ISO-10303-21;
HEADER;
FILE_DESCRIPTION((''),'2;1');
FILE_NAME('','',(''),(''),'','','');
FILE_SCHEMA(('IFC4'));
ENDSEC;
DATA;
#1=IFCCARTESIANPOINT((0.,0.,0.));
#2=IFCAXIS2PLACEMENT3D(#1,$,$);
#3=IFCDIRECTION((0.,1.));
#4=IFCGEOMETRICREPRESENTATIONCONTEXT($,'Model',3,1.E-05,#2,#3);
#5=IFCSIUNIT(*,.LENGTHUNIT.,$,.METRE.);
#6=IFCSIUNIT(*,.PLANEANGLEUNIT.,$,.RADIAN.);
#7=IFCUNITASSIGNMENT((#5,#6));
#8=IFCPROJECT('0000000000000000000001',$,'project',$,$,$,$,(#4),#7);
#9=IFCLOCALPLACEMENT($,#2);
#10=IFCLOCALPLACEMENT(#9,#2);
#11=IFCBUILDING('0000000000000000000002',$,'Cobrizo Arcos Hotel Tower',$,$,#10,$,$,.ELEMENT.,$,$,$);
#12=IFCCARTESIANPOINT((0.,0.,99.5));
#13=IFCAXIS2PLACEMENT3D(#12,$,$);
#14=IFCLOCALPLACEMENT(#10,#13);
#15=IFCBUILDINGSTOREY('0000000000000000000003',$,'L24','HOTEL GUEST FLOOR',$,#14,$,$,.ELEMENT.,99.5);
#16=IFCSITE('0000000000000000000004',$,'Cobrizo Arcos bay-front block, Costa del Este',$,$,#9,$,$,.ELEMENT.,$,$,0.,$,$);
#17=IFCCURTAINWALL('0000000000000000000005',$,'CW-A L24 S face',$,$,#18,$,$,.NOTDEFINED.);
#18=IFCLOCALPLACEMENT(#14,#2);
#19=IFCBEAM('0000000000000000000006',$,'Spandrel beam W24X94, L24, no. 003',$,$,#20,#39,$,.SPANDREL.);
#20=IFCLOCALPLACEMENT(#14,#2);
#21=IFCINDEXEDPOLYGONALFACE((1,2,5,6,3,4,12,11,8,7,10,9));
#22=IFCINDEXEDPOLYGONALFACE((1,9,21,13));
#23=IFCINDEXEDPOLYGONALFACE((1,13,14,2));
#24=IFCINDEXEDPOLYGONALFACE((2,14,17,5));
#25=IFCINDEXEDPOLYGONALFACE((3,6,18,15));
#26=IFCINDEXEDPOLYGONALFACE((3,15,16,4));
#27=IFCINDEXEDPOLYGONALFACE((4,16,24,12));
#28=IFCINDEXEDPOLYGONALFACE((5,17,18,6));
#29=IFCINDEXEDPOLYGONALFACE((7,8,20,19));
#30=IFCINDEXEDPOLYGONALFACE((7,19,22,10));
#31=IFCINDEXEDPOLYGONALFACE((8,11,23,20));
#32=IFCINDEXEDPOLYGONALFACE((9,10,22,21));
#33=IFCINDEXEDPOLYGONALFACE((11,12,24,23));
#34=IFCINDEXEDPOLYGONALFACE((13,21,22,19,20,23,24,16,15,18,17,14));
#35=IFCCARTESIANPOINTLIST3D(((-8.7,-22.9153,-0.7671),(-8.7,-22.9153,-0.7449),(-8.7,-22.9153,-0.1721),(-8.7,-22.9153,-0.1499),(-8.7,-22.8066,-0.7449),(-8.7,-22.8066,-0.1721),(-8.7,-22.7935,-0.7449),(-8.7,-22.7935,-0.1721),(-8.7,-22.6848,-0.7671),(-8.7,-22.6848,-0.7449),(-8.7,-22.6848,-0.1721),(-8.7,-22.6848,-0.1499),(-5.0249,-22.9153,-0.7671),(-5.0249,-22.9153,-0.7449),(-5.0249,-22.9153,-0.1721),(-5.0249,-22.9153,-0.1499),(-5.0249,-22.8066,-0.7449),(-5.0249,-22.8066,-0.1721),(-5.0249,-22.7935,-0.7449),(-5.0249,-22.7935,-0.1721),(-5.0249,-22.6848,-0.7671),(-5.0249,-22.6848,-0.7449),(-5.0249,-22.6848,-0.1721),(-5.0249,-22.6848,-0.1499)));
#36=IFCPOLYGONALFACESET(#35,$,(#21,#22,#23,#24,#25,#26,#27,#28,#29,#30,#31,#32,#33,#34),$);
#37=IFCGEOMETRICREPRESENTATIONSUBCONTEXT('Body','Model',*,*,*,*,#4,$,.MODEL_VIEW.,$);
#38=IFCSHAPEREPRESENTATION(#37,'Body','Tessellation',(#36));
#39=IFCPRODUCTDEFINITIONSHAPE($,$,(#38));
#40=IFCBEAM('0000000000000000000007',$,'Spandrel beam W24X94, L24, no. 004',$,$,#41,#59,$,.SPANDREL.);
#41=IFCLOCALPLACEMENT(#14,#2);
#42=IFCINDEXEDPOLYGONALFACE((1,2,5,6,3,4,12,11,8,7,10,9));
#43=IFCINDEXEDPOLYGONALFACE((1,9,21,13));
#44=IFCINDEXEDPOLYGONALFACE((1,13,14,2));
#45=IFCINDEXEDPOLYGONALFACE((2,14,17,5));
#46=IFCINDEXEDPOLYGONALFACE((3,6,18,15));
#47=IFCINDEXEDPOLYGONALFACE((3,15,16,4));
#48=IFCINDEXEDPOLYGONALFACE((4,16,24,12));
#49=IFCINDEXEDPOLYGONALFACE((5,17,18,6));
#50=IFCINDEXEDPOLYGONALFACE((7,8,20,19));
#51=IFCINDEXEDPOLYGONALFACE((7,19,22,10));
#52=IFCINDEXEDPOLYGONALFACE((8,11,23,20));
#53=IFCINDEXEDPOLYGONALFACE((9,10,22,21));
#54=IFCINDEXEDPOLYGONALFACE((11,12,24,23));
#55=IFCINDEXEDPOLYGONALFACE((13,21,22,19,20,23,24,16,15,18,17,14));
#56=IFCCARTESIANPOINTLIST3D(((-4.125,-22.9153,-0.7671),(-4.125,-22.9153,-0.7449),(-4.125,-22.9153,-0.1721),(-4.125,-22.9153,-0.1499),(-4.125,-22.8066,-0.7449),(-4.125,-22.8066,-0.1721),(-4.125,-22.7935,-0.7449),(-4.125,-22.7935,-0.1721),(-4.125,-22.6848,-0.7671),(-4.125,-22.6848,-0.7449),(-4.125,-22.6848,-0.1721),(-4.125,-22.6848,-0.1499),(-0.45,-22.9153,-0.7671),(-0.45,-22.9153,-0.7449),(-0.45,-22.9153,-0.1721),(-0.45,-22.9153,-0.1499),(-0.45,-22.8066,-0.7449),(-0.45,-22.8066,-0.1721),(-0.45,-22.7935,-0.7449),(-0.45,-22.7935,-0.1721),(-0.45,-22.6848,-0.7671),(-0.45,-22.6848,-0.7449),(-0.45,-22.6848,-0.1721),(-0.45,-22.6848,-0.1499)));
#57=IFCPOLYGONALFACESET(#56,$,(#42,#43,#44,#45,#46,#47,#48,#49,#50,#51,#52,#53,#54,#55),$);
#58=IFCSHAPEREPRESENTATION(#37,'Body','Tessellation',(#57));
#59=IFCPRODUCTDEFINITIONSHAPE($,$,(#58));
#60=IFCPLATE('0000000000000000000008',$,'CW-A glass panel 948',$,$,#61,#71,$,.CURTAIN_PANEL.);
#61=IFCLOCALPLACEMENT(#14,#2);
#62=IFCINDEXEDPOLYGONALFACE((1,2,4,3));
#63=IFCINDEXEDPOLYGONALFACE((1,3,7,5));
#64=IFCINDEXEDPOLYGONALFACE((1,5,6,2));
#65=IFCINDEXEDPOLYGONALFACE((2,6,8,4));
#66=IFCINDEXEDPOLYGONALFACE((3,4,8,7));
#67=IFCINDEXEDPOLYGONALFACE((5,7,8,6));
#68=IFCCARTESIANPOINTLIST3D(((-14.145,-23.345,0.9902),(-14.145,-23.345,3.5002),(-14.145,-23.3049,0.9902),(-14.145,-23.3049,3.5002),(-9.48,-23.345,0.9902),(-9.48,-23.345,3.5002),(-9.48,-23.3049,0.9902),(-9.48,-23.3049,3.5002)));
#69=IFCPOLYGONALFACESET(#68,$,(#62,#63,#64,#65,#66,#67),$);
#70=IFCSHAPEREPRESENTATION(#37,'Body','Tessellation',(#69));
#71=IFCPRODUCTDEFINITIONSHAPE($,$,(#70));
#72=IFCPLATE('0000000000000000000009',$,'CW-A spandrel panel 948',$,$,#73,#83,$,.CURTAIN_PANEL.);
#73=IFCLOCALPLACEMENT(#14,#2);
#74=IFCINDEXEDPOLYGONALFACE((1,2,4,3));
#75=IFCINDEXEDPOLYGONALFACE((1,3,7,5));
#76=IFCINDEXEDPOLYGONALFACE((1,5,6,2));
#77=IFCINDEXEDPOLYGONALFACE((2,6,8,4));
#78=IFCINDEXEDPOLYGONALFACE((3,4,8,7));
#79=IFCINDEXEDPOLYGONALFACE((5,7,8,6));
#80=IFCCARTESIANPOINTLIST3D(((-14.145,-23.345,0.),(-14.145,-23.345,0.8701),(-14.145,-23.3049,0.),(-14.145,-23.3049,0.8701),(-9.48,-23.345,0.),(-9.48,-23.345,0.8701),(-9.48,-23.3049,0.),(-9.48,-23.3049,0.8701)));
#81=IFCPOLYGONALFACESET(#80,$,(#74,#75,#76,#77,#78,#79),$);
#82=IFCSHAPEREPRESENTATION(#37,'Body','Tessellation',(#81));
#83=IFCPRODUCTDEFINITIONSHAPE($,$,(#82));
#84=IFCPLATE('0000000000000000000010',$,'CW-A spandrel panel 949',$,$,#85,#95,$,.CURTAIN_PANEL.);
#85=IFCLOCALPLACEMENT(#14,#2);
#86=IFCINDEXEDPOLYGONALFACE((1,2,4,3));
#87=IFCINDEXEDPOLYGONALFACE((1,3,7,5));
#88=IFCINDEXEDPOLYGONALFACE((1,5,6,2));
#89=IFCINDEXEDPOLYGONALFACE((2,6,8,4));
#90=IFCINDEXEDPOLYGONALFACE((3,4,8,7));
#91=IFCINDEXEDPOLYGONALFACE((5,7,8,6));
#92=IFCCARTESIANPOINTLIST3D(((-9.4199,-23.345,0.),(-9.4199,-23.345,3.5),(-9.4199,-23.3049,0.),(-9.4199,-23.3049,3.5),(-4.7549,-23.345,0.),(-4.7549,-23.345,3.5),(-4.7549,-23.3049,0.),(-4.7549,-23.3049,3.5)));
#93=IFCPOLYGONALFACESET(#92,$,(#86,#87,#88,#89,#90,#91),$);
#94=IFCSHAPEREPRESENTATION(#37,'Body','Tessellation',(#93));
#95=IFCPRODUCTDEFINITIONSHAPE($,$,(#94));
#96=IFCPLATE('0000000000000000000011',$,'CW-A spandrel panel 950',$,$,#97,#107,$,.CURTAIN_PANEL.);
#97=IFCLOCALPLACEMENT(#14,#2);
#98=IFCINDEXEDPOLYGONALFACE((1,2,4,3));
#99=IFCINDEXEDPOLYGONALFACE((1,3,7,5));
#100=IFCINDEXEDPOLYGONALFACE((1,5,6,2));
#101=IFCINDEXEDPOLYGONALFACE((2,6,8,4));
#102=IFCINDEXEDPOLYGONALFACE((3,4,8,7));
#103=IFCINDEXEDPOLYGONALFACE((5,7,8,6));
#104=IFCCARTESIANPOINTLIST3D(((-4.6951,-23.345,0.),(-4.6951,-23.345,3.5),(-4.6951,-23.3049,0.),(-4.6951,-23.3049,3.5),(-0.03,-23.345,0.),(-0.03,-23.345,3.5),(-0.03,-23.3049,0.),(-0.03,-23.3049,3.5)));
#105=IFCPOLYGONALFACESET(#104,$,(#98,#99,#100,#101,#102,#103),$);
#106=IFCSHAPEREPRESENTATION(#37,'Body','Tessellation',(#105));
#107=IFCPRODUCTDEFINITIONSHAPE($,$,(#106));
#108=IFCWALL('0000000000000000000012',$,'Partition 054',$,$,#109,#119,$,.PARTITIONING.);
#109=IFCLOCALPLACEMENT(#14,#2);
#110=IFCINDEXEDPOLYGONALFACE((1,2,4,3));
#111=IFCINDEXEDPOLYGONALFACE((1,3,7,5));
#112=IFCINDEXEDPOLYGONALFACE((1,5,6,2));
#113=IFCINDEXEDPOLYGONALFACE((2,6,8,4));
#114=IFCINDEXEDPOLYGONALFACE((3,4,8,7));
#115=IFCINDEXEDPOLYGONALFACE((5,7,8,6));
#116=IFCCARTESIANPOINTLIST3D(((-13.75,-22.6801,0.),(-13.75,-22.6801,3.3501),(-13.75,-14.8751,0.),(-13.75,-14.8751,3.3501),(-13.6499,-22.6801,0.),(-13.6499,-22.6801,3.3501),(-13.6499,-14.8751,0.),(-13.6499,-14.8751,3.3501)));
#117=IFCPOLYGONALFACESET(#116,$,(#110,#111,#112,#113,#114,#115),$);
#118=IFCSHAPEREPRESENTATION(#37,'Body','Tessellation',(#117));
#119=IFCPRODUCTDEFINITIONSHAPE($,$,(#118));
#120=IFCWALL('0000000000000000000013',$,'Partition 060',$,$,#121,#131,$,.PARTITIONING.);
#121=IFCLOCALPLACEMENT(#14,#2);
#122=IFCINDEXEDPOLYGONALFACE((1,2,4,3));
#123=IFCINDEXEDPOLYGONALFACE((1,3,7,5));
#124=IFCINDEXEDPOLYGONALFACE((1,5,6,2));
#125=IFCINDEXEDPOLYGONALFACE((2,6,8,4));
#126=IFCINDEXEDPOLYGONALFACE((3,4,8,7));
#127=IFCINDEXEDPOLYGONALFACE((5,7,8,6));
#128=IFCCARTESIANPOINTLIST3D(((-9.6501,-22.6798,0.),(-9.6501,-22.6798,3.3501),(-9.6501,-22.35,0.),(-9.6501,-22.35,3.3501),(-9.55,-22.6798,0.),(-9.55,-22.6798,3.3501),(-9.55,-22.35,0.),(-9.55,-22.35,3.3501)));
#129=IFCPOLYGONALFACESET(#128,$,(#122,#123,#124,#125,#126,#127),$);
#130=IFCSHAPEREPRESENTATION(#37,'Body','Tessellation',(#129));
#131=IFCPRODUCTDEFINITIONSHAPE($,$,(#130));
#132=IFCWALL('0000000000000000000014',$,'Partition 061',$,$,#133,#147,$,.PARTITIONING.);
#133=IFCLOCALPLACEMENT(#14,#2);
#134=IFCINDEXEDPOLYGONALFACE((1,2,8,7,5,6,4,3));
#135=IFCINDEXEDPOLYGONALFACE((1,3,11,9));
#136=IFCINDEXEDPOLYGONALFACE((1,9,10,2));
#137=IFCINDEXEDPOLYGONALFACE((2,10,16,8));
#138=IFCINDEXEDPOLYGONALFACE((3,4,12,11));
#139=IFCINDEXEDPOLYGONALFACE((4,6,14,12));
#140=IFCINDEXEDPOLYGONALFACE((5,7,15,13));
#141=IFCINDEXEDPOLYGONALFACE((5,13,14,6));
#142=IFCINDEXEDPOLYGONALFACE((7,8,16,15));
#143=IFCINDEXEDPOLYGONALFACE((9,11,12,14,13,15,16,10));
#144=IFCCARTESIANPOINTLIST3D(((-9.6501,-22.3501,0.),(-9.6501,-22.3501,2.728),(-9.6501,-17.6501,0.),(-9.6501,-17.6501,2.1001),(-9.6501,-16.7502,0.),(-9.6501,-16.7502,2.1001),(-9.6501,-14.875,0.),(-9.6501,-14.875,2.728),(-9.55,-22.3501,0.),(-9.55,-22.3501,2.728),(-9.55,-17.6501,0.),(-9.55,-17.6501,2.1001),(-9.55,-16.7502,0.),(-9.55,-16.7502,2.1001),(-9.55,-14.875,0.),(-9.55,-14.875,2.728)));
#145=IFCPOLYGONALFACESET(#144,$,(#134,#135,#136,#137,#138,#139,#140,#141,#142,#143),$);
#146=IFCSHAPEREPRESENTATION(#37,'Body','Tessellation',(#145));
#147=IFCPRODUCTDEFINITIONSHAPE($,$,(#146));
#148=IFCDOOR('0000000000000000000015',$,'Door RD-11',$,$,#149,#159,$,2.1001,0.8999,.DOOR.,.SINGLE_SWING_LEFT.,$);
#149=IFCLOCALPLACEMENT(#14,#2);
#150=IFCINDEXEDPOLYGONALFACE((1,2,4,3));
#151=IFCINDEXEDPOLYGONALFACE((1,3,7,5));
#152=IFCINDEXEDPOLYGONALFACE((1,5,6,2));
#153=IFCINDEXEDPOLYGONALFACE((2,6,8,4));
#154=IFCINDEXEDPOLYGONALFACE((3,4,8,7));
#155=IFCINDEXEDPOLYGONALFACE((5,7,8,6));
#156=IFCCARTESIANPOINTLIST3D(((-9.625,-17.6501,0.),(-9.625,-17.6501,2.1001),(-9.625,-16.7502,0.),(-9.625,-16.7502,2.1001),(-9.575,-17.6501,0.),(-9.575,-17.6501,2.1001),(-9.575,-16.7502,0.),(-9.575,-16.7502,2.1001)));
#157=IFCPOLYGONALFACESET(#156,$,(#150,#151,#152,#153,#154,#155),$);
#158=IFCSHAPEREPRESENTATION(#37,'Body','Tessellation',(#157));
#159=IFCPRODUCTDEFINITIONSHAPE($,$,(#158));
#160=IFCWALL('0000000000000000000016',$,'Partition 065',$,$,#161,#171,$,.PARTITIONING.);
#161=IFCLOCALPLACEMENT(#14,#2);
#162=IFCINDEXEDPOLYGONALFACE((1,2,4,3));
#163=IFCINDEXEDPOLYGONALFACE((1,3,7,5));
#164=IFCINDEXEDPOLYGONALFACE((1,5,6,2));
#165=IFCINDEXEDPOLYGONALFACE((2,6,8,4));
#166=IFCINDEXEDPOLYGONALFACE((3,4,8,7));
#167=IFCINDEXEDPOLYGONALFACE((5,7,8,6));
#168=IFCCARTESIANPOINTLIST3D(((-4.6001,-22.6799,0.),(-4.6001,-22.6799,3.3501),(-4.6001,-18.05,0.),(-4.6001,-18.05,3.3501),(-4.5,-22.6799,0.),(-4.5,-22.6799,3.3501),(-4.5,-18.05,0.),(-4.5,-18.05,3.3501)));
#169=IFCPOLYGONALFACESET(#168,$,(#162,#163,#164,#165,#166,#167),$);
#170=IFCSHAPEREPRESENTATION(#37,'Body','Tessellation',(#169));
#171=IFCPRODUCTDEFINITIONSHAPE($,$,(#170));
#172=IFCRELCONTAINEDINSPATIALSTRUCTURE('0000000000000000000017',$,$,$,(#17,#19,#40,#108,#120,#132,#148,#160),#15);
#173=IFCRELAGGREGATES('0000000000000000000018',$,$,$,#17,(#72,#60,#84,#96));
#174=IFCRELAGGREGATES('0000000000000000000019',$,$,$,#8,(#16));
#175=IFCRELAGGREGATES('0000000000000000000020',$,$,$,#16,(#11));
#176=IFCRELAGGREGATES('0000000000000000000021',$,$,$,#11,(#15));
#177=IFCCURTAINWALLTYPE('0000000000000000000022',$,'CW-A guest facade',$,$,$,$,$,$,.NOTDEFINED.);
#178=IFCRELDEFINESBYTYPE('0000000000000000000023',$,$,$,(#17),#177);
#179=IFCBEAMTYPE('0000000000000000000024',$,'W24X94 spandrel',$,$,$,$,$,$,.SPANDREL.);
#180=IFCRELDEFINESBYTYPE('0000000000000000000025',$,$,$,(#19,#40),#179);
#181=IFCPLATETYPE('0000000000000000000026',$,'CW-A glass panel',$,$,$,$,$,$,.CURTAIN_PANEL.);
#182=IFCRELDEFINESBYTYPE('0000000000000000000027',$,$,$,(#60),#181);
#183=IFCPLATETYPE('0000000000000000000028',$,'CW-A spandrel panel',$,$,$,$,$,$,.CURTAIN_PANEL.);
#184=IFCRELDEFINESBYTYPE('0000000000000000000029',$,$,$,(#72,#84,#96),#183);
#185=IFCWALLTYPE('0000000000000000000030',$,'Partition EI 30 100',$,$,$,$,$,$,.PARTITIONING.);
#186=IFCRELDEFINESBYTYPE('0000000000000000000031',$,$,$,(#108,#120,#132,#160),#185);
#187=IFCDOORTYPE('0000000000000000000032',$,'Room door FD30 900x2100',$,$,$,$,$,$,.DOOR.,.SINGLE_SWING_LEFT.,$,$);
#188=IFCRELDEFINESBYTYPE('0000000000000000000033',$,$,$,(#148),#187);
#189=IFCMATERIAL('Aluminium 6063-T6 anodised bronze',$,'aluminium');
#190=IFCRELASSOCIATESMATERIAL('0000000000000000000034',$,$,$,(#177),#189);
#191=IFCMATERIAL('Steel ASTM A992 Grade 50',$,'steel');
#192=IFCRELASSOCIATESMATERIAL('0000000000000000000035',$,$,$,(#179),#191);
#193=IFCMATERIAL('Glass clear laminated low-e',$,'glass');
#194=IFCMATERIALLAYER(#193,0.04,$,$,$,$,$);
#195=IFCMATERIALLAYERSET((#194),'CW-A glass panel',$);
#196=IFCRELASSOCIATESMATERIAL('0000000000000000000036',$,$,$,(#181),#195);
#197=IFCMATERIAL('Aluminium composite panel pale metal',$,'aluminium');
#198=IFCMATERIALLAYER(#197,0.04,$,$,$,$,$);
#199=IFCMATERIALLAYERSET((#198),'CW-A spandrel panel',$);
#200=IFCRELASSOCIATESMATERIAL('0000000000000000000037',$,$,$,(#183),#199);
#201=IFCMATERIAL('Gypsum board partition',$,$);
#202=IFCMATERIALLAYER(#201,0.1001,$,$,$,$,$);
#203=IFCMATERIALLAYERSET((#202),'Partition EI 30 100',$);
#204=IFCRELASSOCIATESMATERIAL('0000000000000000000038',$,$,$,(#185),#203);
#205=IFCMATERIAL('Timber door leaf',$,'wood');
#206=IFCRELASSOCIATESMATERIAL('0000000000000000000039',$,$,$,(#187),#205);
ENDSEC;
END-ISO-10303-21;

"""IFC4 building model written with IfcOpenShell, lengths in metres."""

from ifc_helpers import new_model, si_unit, direction, frame, frame_2d, origin, origin_2d, place, context, subcontext, project, spatial, rectangle, i_section, extrude, material, layer, layer_set, material_profile, profile_set, type_object, element, fill, aggregate, save


model = new_model("IFC4")

# Units and contexts
model_context = context("Model", 3, precision=1e-05, world=origin(), true_north=direction((0.0, 1.0)))
body_context = subcontext(model_context, "Body", "Model", "MODEL_VIEW")
ifc_project = project(units=[si_unit("LENGTHUNIT", "METRE"), si_unit("PLANEANGLEUNIT", "RADIAN")], contexts=[model_context])

# Site, building, storey
site_placement = place(None, origin())
site = spatial("IfcSite", under=ifc_project, at=site_placement, Name="Cobrizo Arcos bay-front block, Costa del Este", CompositionType="ELEMENT", RefElevation=0.0)
building_placement = place(site_placement, origin())
building = spatial("IfcBuilding", under=site, at=building_placement, Name="Cobrizo Arcos Hotel Tower", CompositionType="ELEMENT")
storey_placement = place(building_placement, frame((0.0, 0.0, 99.5)))
storey = spatial("IfcBuildingStorey", under=building, at=storey_placement, Name="L24", Description="HOTEL GUEST FLOOR", CompositionType="ELEMENT", Elevation=99.5)

# Curtain wall
ifc_material_1 = material(Name="Aluminium 6063-T6 anodised bronze", Category="aluminium")
curtain_wall_type = type_object("IfcCurtainWallType", Name="CW-A guest facade", PredefinedType="NOTDEFINED", material=ifc_material_1)
curtain_wall_placement = place(storey_placement, origin())
curtain_wall = element("IfcCurtainWall", 1, at=curtain_wall_placement, inside=storey, type_object=curtain_wall_type, Name="CW-A L24 S face", PredefinedType="NOTDEFINED")

# Beams
ifc_material_2 = material(Name="Steel ASTM A992 Grade 50", Category="steel")
ifc_material_profile_1 = material_profile(ifc_material_2, i_section(OverallWidth=0.2305, OverallDepth=0.6172, WebThickness=0.0132, FlangeThickness=0.0222, at=origin_2d()), Name="W24X94")
ifc_profile_set_1 = profile_set([ifc_material_profile_1], Name="Steel ASTM A992 Grade 50")
beam_type_1 = type_object("IfcBeamType", Name="W24X94 spandrel", PredefinedType="SPANDREL", material=ifc_profile_set_1)
for number, where, z_axis, x_axis, name in (
    (2, (-8.7, -22.8, -0.4585), (1.0, 0.0, 0.0), (0.0, 1.0, 0.0), "Spandrel beam W24X94, L24, no. 003"),
    (3, (-4.125, -22.8, -0.4585), (1.0, 0.0, 0.0), (0.0, 1.0, 0.0), "Spandrel beam W24X94, L24, no. 004"),
):
    element("IfcBeam", number, at=place(storey_placement, frame(where, z_axis=z_axis, x_axis=x_axis)), inside=storey, type_object=beam_type_1, Name=name, PredefinedType="SPANDREL", context=body_context, shape_type="SweptSolid", body=[
        extrude(i_section(OverallWidth=0.2305, OverallDepth=0.6172, WebThickness=0.0132, FlangeThickness=0.0222, at=origin_2d()), origin(), (0.0, 0.0, 1.0), 3.675),
    ])

# Plates
ifc_material_3 = material(Name="Glass clear laminated low-e", Category="glass")
ifc_layer_1 = layer(ifc_material_3, 0.04)
ifc_layer_set_1 = layer_set([ifc_layer_1], Name="CW-A glass panel")
plate_type_1 = type_object("IfcPlateType", Name="CW-A glass panel", PredefinedType="CURTAIN_PANEL", material=ifc_layer_set_1)
plate_1_placement = place(storey_placement, frame((-11.8125, -23.325, 0.9902), z_axis=(0.0, 0.0, 1.0), x_axis=(1.0, 0.0, 0.0)))
plate_1 = element("IfcPlate", 4, at=plate_1_placement, type_object=plate_type_1, Name="CW-A glass panel 948", PredefinedType="CURTAIN_PANEL", context=body_context, shape_type="SweptSolid", body=[
    extrude(rectangle(XDim=4.665, YDim=0.04, at=origin_2d()), origin(), (0.0, 0.0, 1.0), 2.51),
])
ifc_material_4 = material(Name="Aluminium composite panel pale metal", Category="aluminium")
ifc_layer_2 = layer(ifc_material_4, 0.04)
ifc_layer_set_2 = layer_set([ifc_layer_2], Name="CW-A spandrel panel")
plate_type_2 = type_object("IfcPlateType", Name="CW-A spandrel panel", PredefinedType="CURTAIN_PANEL", material=ifc_layer_set_2)
plate_2_placement = place(storey_placement, frame((-11.8125, -23.325, 0.0), z_axis=(0.0, 0.0, 1.0), x_axis=(1.0, 0.0, 0.0)))
plate_2 = element("IfcPlate", 5, at=plate_2_placement, type_object=plate_type_2, Name="CW-A spandrel panel 948", PredefinedType="CURTAIN_PANEL", context=body_context, shape_type="SweptSolid", body=[
    extrude(rectangle(XDim=4.665, YDim=0.04, at=origin_2d()), origin(), (0.0, 0.0, 1.0), 0.8701),
])
plate_3_placement = place(storey_placement, frame((-7.0874, -23.325, 0.0), z_axis=(0.0, 0.0, 1.0), x_axis=(1.0, 0.0, 0.0)))
plate_3 = element("IfcPlate", 6, at=plate_3_placement, type_object=plate_type_2, Name="CW-A spandrel panel 949", PredefinedType="CURTAIN_PANEL", context=body_context, shape_type="SweptSolid", body=[
    extrude(rectangle(XDim=4.665, YDim=0.04, at=origin_2d()), origin(), (0.0, 0.0, 1.0), 3.5),
])
plate_4_placement = place(storey_placement, frame((-2.3625, -23.325, 0.0), z_axis=(0.0, 0.0, 1.0), x_axis=(1.0, 0.0, 0.0)))
plate_4 = element("IfcPlate", 7, at=plate_4_placement, type_object=plate_type_2, Name="CW-A spandrel panel 950", PredefinedType="CURTAIN_PANEL", context=body_context, shape_type="SweptSolid", body=[
    extrude(rectangle(XDim=4.665, YDim=0.04, at=origin_2d()), origin(), (0.0, 0.0, 1.0), 3.5),
])
aggregate(curtain_wall, [plate_2, plate_1, plate_3, plate_4])

# Walls
ifc_material_5 = material(Name="Gypsum board partition")
ifc_layer_3 = layer(ifc_material_5, 0.1001)
ifc_layer_set_3 = layer_set([ifc_layer_3], Name="Partition EI 30 100")
wall_type = type_object("IfcWallType", Name="Partition EI 30 100", PredefinedType="PARTITIONING", material=ifc_layer_set_3)
wall_1_placement = place(storey_placement, frame((-13.7, -22.6799, 0.0), z_axis=(0.0, 0.0, 1.0), x_axis=(0.0, 1.0, 0.0)))
element("IfcWall", 8, at=wall_1_placement, inside=storey, type_object=wall_type, Name="Partition 054", PredefinedType="PARTITIONING", context=body_context, shape_type="SweptSolid", body=[
    extrude(rectangle(XDim=7.8049, YDim=0.1001, at=frame_2d((3.9023, 0.0))), origin(), (0.0, 0.0, 1.0), 3.3501),
])
wall_2_placement = place(storey_placement, frame((-9.6001, -22.6799, 0.0), z_axis=(0.0, 0.0, 1.0), x_axis=(0.0, 1.0, 0.0)))
element("IfcWall", 9, at=wall_2_placement, inside=storey, type_object=wall_type, Name="Partition 060", PredefinedType="PARTITIONING", context=body_context, shape_type="SweptSolid", body=[
    extrude(rectangle(XDim=0.3298, YDim=0.1001, at=frame_2d((0.165, 0.0))), origin(), (0.0, 0.0, 1.0), 3.3501),
])

# Wall, opening, door
wall_3_placement = place(storey_placement, frame((-9.6001, -22.3501, 0.0), z_axis=(0.0, 0.0, 1.0), x_axis=(0.0, 1.0, 0.0)))
wall_3 = element("IfcWall", 10, at=wall_3_placement, inside=storey, type_object=wall_type, Name="Partition 061", PredefinedType="PARTITIONING", context=body_context, shape_type="SweptSolid", body=[
    extrude(rectangle(XDim=7.4751, YDim=0.1001, at=frame_2d((3.7375, 0.0))), origin(), (0.0, 0.0, 1.0), 2.728),
])
opening_placement = place(wall_3_placement, frame((4.7, 0.0, 0.0)))
opening = element("IfcOpeningElement", 11, at=opening_placement, cuts=wall_3, PredefinedType="OPENING", context=body_context, shape_type="SweptSolid", body=[
    extrude(rectangle(XDim=0.8999, YDim=2.1001, at=frame_2d((0.45, 1.05))), frame((0.0, 0.062, 0.0), z_axis=(0.0, -1.0, 0.0), x_axis=(1.0, 0.0, 0.0)), (0.0, 0.0, 1.0), 0.124),
])
ifc_material_6 = material(Name="Timber door leaf", Category="wood")
door_type = type_object("IfcDoorType", Name="Room door FD30 900x2100", OperationType="SINGLE_SWING_LEFT", PredefinedType="DOOR", material=ifc_material_6)
door_placement = place(opening_placement, origin())
door = element("IfcDoor", 12, at=door_placement, inside=storey, type_object=door_type, Name="Door RD-11", OperationType="SINGLE_SWING_LEFT", OverallHeight=2.1001, OverallWidth=0.8999, PredefinedType="DOOR", context=body_context, shape_type="SweptSolid", body=[
    extrude(rectangle(XDim=0.8999, YDim=2.1001, at=frame_2d((0.45, 1.05))), frame((0.0, 0.0249, 0.0), z_axis=(0.0, -1.0, 0.0), x_axis=(1.0, 0.0, 0.0)), (0.0, 0.0, 1.0), 0.05),
])
fill(opening, door)

# Wall
wall_4_placement = place(storey_placement, frame((-4.55, -22.6799, 0.0), z_axis=(0.0, 0.0, 1.0), x_axis=(0.0, 1.0, 0.0)))
element("IfcWall", 13, at=wall_4_placement, inside=storey, type_object=wall_type, Name="Partition 065", PredefinedType="PARTITIONING", context=body_context, shape_type="SweptSolid", body=[
    extrude(rectangle(XDim=4.6299, YDim=0.1001, at=frame_2d((2.3149, 0.0))), origin(), (0.0, 0.0, 1.0), 3.3501),
])

save(model, "model.ifc")
